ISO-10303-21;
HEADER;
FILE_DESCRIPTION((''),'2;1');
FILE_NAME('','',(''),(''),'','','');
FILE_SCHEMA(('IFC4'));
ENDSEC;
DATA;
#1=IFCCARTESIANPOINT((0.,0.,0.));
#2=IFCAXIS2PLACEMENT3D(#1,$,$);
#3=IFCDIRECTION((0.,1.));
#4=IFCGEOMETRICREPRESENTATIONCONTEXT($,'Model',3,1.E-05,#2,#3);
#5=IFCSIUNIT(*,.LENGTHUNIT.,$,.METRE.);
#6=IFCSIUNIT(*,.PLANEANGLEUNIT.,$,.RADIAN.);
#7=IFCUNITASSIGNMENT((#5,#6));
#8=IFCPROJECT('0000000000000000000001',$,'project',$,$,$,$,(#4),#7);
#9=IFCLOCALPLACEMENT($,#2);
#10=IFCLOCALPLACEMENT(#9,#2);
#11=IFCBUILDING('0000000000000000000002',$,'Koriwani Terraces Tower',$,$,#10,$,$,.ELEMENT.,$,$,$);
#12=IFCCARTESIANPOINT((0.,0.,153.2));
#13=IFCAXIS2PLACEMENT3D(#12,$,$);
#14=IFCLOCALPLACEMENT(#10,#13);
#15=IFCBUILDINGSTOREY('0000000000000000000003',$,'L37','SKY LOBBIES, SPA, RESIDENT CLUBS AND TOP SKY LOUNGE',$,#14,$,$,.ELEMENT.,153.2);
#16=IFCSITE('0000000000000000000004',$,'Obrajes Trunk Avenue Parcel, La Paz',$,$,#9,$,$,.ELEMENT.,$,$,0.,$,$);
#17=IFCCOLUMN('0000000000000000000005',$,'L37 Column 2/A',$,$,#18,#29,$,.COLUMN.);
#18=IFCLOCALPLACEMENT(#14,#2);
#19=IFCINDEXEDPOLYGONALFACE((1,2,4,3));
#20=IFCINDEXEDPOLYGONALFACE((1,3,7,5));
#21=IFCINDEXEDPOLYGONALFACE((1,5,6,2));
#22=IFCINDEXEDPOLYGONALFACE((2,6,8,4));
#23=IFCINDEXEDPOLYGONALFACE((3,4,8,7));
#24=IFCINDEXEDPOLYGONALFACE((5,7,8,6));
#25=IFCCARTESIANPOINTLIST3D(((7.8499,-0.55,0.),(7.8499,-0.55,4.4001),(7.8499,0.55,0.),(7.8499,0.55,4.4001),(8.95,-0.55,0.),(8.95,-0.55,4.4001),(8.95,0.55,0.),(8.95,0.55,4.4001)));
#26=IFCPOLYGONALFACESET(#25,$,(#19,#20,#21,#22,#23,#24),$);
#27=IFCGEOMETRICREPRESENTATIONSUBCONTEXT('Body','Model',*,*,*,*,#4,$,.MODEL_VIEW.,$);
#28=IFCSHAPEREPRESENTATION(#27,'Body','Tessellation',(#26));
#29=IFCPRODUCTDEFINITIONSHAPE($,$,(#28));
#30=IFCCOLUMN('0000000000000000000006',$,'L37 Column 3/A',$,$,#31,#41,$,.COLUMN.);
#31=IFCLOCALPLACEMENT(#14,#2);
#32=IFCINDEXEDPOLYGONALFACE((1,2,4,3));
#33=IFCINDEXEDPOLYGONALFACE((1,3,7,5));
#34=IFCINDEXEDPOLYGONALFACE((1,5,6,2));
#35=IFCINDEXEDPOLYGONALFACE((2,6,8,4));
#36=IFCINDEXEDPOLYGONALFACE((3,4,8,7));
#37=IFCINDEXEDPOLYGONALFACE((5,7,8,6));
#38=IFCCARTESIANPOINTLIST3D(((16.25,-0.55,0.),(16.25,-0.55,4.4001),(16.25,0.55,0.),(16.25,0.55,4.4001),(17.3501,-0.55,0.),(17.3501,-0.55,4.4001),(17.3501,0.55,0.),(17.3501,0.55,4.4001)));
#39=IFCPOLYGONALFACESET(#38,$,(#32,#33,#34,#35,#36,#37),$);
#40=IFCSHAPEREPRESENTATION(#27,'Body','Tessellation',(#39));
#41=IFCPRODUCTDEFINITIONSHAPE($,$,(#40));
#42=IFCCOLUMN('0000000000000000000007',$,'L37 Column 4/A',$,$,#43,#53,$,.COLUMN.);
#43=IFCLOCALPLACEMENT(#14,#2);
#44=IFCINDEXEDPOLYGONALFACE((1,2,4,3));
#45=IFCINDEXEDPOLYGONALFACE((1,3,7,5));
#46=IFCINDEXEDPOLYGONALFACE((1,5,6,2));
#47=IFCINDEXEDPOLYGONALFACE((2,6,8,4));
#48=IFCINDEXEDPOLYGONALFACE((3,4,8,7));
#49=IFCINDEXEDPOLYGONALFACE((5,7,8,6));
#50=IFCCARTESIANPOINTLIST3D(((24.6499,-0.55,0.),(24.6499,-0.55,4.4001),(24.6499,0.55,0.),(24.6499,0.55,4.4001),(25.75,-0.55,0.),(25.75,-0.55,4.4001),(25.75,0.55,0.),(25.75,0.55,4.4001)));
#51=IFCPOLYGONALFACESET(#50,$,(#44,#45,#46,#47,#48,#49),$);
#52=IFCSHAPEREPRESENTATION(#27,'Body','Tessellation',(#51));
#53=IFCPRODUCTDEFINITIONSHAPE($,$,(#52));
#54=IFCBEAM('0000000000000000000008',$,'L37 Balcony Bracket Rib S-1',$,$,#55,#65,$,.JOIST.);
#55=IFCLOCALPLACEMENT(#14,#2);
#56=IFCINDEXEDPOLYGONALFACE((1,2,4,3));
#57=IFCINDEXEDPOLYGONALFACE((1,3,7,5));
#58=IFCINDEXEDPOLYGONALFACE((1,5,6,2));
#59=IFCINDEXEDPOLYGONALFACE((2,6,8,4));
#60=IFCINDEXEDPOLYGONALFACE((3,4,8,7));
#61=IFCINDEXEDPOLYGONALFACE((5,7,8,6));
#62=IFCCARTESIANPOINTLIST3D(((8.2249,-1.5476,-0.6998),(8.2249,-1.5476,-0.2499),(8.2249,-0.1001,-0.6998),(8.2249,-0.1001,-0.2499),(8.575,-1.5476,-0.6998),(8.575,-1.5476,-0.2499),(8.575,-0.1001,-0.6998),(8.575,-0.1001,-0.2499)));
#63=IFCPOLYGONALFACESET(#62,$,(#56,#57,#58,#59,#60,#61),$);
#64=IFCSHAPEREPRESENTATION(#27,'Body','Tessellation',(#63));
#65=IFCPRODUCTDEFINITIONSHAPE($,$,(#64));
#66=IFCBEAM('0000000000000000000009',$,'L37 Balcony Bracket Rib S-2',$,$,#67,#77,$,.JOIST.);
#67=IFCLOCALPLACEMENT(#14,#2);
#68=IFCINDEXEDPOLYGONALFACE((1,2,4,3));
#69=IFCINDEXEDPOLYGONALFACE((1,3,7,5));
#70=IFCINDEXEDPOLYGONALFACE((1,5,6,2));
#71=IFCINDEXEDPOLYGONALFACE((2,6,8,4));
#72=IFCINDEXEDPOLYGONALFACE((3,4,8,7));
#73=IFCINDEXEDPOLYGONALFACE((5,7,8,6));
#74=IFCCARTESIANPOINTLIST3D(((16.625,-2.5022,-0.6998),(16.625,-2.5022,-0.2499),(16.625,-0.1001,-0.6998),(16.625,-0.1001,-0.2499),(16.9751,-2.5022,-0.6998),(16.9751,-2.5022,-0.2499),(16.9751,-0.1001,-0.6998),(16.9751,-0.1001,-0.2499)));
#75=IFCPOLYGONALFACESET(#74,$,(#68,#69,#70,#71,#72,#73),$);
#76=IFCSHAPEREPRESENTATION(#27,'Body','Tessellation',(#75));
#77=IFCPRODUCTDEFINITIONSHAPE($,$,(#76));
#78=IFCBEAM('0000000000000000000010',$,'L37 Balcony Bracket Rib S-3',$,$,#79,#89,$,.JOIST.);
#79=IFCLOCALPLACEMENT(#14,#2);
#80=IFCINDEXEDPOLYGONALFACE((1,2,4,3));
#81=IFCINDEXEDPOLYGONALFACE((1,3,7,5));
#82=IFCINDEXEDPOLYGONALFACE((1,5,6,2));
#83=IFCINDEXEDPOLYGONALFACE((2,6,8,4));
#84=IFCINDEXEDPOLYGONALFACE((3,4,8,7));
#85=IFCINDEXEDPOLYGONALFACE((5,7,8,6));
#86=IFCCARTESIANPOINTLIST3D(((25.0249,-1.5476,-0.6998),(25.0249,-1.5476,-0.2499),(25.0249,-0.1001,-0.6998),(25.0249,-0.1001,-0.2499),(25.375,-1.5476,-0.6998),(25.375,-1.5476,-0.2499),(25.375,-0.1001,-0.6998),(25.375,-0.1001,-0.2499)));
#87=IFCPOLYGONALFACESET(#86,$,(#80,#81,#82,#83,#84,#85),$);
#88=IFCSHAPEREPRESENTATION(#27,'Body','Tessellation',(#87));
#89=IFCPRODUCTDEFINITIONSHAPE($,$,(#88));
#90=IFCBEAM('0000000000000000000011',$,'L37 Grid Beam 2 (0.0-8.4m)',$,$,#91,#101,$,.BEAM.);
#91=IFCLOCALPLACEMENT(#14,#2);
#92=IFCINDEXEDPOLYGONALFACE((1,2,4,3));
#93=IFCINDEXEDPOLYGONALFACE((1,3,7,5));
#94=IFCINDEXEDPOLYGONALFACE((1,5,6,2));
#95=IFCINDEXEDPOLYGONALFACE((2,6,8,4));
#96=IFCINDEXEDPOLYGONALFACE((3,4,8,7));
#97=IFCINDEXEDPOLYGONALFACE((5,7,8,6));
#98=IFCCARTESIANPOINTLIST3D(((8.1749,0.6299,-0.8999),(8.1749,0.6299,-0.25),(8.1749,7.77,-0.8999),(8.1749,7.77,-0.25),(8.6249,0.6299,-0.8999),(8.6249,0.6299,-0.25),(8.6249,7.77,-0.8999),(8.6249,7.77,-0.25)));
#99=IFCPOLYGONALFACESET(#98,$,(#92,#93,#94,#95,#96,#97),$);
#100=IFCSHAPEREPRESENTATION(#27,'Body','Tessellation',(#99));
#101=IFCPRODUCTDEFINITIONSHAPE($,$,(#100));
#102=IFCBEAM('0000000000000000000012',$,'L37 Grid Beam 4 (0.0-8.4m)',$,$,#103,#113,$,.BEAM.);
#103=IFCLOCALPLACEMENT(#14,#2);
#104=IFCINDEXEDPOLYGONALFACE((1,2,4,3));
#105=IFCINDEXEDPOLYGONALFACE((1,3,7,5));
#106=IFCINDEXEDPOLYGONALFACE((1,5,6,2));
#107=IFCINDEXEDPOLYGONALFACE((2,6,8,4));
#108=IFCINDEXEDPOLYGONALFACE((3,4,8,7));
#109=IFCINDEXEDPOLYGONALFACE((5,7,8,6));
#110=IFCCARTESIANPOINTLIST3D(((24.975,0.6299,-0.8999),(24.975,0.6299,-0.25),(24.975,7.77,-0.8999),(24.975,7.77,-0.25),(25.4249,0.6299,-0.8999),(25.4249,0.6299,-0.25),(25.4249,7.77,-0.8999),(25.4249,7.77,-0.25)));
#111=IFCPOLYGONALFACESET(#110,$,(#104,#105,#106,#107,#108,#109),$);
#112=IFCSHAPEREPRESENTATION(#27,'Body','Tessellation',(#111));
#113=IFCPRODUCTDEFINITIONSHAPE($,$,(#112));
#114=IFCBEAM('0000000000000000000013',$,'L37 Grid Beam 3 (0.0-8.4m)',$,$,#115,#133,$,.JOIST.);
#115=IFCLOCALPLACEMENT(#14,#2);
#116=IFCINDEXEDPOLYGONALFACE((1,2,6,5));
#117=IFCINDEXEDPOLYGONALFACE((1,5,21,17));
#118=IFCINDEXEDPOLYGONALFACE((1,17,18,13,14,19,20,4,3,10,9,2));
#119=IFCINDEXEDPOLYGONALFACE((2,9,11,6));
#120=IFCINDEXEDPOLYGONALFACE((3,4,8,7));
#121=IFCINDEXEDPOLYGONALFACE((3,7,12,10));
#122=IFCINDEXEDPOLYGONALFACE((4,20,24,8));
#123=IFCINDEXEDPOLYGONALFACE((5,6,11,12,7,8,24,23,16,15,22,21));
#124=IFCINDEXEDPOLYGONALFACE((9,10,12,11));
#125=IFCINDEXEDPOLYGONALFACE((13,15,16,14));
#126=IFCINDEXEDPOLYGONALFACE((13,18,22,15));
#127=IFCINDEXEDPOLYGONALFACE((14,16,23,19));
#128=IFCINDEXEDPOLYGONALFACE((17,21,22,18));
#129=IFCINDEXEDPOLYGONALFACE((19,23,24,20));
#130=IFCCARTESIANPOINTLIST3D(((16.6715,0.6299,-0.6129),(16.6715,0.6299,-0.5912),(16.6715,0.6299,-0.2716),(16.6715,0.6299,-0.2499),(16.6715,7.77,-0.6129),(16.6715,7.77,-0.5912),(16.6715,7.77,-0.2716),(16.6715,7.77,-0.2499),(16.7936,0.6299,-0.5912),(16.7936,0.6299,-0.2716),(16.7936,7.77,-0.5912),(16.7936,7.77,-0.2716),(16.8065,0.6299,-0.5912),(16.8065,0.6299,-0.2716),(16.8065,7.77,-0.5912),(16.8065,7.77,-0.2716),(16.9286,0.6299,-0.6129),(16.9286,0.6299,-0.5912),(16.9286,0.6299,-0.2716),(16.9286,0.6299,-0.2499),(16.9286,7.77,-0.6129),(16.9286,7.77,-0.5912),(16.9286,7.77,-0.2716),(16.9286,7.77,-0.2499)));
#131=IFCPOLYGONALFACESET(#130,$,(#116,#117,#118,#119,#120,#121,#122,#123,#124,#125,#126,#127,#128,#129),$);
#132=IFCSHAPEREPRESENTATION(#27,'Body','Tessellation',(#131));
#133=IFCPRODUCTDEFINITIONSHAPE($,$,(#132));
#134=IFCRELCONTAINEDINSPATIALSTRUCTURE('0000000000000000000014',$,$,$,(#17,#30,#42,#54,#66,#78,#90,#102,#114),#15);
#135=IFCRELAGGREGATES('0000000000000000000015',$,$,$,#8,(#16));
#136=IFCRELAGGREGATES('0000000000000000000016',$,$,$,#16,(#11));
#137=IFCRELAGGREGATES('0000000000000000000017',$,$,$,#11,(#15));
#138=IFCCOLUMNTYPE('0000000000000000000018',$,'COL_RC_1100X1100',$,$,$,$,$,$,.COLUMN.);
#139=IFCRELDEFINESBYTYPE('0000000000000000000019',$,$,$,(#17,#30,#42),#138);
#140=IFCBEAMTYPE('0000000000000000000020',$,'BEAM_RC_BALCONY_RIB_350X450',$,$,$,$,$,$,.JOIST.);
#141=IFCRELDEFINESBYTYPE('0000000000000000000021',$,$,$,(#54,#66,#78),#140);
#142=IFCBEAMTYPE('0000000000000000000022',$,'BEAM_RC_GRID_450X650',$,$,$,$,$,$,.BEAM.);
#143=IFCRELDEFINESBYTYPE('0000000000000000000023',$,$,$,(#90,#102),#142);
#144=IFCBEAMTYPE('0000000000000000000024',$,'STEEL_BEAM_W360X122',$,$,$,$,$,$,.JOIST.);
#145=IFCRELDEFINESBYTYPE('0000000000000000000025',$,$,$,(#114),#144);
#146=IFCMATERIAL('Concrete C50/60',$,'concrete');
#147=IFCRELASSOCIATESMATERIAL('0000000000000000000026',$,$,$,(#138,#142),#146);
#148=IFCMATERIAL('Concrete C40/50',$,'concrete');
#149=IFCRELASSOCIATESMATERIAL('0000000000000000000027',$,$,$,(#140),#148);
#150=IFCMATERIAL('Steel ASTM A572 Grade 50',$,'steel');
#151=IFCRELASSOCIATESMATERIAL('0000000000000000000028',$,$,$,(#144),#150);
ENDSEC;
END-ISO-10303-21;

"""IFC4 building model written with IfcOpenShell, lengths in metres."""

from ifc_helpers import new_model, si_unit, direction, frame, origin, origin_2d, place, context, subcontext, project, spatial, rectangle, i_section, extrude, material, material_profile, profile_set, type_object, element, save


model = new_model("IFC4")

# Units and contexts
model_context = context("Model", 3, precision=1e-05, world=origin(), true_north=direction((0.0, 1.0)))
body_context = subcontext(model_context, "Body", "Model", "MODEL_VIEW")
ifc_project = project(units=[si_unit("LENGTHUNIT", "METRE"), si_unit("PLANEANGLEUNIT", "RADIAN")], contexts=[model_context])

# Site, building, storey
site_placement = place(None, origin())
site = spatial("IfcSite", under=ifc_project, at=site_placement, Name="Obrajes Trunk Avenue Parcel, La Paz", CompositionType="ELEMENT", RefElevation=0.0)
building_placement = place(site_placement, origin())
building = spatial("IfcBuilding", under=site, at=building_placement, Name="Koriwani Terraces Tower", CompositionType="ELEMENT")
storey_placement = place(building_placement, frame((0.0, 0.0, 153.2)))
storey = spatial("IfcBuildingStorey", under=building, at=storey_placement, Name="L37", Description="SKY LOBBIES, SPA, RESIDENT CLUBS AND TOP SKY LOUNGE", CompositionType="ELEMENT", Elevation=153.2)

# Columns
ifc_material_1 = material(Name="Concrete C50/60", Category="concrete")
ifc_material_profile_1 = material_profile(ifc_material_1, rectangle(XDim=1.1001, YDim=1.1001, at=origin_2d()), Name="Concrete C50/60", Category="LoadBearing")
ifc_profile_set_1 = profile_set([ifc_material_profile_1], Name="Concrete C50/60")
column_type = type_object("IfcColumnType", Name="COL_RC_1100X1100", PredefinedType="COLUMN", material=ifc_profile_set_1)
for number, where, z_axis, x_axis, name in (
    (1, (8.3999, 0.0, 0.0), (0.0, 0.0, 1.0), (1.0, 0.0, 0.0), "L37 Column 2/A"),
    (2, (16.8, 0.0, 0.0), (0.0, 0.0, 1.0), (1.0, 0.0, 0.0), "L37 Column 3/A"),
    (3, (25.2, 0.0, 0.0), (0.0, 0.0, 1.0), (1.0, 0.0, 0.0), "L37 Column 4/A"),
):
    element("IfcColumn", number, at=place(storey_placement, frame(where, z_axis=z_axis, x_axis=x_axis)), inside=storey, type_object=column_type, Name=name, PredefinedType="COLUMN", context=body_context, shape_type="SweptSolid", body=[
        extrude(rectangle(XDim=1.1001, YDim=1.1001, at=origin_2d()), origin(), (0.0, 0.0, 1.0), 4.4001),
    ])

# Beams
ifc_material_2 = material(Name="Concrete C40/50", Category="concrete")
ifc_material_profile_2 = material_profile(ifc_material_2, rectangle(XDim=0.3501, YDim=0.45, at=origin_2d()), Name="Concrete C40/50", Category="LoadBearing")
ifc_profile_set_2 = profile_set([ifc_material_profile_2], Name="Concrete C40/50")
beam_type_1 = type_object("IfcBeamType", Name="BEAM_RC_BALCONY_RIB_350X450", PredefinedType="JOIST", material=ifc_profile_set_2)
beam_1_placement = place(storey_placement, frame((8.3999, -1.5476, -0.4749), z_axis=(0.0, 1.0, 0.0), x_axis=(-1.0, 0.0, 0.0)))
element("IfcBeam", 4, at=beam_1_placement, inside=storey, type_object=beam_type_1, Name="L37 Balcony Bracket Rib S-1", PredefinedType="JOIST", context=body_context, shape_type="SweptSolid", body=[
    extrude(rectangle(XDim=0.3501, YDim=0.45, at=origin_2d()), origin(), (0.0, 0.0, 1.0), 1.4475),
])
beam_2_placement = place(storey_placement, frame((16.8, -2.5022, -0.4749), z_axis=(0.0, 1.0, 0.0), x_axis=(-1.0, 0.0, 0.0)))
element("IfcBeam", 5, at=beam_2_placement, inside=storey, type_object=beam_type_1, Name="L37 Balcony Bracket Rib S-2", PredefinedType="JOIST", context=body_context, shape_type="SweptSolid", body=[
    extrude(rectangle(XDim=0.3501, YDim=0.45, at=origin_2d()), origin(), (0.0, 0.0, 1.0), 2.4021),
])
beam_3_placement = place(storey_placement, frame((25.2, -1.5476, -0.4749), z_axis=(0.0, 1.0, 0.0), x_axis=(-1.0, 0.0, 0.0)))
element("IfcBeam", 6, at=beam_3_placement, inside=storey, type_object=beam_type_1, Name="L37 Balcony Bracket Rib S-3", PredefinedType="JOIST", context=body_context, shape_type="SweptSolid", body=[
    extrude(rectangle(XDim=0.3501, YDim=0.45, at=origin_2d()), origin(), (0.0, 0.0, 1.0), 1.4475),
])
ifc_material_profile_3 = material_profile(ifc_material_1, rectangle(XDim=0.45, YDim=0.6499, at=origin_2d()), Name="Concrete C50/60", Category="LoadBearing")
ifc_profile_set_3 = profile_set([ifc_material_profile_3], Name="Concrete C50/60")
beam_type_2 = type_object("IfcBeamType", Name="BEAM_RC_GRID_450X650", PredefinedType="BEAM", material=ifc_profile_set_3)
for number, where, z_axis, x_axis, name in (
    (7, (8.3999, 0.6299, -0.575), (0.0, 1.0, 0.0), (-1.0, 0.0, 0.0), "L37 Grid Beam 2 (0.0-8.4m)"),
    (8, (25.2, 0.6299, -0.575), (0.0, 1.0, 0.0), (-1.0, 0.0, 0.0), "L37 Grid Beam 4 (0.0-8.4m)"),
):
    element("IfcBeam", number, at=place(storey_placement, frame(where, z_axis=z_axis, x_axis=x_axis)), inside=storey, type_object=beam_type_2, Name=name, PredefinedType="BEAM", context=body_context, shape_type="SweptSolid", body=[
        extrude(rectangle(XDim=0.45, YDim=0.6499, at=origin_2d()), origin(), (0.0, 0.0, 1.0), 7.1401),
    ])
ifc_material_3 = material(Name="Steel ASTM A572 Grade 50", Category="steel")
ifc_material_profile_4 = material_profile(ifc_material_3, i_section(OverallWidth=0.2571, OverallDepth=0.363, WebThickness=0.0129, FlangeThickness=0.0217, at=origin_2d()), Name="Steel ASTM A572 Grade 50", Category="LoadBearing")
ifc_profile_set_4 = profile_set([ifc_material_profile_4], Name="Steel ASTM A572 Grade 50")
beam_type_3 = type_object("IfcBeamType", Name="STEEL_BEAM_W360X122", PredefinedType="JOIST", material=ifc_profile_set_4)
beam_4_placement = place(storey_placement, frame((16.8, 0.6299, -0.4314), z_axis=(0.0, 1.0, 0.0), x_axis=(-1.0, 0.0, 0.0)))
element("IfcBeam", 9, at=beam_4_placement, inside=storey, type_object=beam_type_3, Name="L37 Grid Beam 3 (0.0-8.4m)", PredefinedType="JOIST", context=body_context, shape_type="SweptSolid", body=[
    extrude(i_section(OverallWidth=0.2571, OverallDepth=0.363, WebThickness=0.0129, FlangeThickness=0.0217, at=origin_2d()), origin(), (0.0, 0.0, 1.0), 7.1401),
])

save(model, "model.ifc")
